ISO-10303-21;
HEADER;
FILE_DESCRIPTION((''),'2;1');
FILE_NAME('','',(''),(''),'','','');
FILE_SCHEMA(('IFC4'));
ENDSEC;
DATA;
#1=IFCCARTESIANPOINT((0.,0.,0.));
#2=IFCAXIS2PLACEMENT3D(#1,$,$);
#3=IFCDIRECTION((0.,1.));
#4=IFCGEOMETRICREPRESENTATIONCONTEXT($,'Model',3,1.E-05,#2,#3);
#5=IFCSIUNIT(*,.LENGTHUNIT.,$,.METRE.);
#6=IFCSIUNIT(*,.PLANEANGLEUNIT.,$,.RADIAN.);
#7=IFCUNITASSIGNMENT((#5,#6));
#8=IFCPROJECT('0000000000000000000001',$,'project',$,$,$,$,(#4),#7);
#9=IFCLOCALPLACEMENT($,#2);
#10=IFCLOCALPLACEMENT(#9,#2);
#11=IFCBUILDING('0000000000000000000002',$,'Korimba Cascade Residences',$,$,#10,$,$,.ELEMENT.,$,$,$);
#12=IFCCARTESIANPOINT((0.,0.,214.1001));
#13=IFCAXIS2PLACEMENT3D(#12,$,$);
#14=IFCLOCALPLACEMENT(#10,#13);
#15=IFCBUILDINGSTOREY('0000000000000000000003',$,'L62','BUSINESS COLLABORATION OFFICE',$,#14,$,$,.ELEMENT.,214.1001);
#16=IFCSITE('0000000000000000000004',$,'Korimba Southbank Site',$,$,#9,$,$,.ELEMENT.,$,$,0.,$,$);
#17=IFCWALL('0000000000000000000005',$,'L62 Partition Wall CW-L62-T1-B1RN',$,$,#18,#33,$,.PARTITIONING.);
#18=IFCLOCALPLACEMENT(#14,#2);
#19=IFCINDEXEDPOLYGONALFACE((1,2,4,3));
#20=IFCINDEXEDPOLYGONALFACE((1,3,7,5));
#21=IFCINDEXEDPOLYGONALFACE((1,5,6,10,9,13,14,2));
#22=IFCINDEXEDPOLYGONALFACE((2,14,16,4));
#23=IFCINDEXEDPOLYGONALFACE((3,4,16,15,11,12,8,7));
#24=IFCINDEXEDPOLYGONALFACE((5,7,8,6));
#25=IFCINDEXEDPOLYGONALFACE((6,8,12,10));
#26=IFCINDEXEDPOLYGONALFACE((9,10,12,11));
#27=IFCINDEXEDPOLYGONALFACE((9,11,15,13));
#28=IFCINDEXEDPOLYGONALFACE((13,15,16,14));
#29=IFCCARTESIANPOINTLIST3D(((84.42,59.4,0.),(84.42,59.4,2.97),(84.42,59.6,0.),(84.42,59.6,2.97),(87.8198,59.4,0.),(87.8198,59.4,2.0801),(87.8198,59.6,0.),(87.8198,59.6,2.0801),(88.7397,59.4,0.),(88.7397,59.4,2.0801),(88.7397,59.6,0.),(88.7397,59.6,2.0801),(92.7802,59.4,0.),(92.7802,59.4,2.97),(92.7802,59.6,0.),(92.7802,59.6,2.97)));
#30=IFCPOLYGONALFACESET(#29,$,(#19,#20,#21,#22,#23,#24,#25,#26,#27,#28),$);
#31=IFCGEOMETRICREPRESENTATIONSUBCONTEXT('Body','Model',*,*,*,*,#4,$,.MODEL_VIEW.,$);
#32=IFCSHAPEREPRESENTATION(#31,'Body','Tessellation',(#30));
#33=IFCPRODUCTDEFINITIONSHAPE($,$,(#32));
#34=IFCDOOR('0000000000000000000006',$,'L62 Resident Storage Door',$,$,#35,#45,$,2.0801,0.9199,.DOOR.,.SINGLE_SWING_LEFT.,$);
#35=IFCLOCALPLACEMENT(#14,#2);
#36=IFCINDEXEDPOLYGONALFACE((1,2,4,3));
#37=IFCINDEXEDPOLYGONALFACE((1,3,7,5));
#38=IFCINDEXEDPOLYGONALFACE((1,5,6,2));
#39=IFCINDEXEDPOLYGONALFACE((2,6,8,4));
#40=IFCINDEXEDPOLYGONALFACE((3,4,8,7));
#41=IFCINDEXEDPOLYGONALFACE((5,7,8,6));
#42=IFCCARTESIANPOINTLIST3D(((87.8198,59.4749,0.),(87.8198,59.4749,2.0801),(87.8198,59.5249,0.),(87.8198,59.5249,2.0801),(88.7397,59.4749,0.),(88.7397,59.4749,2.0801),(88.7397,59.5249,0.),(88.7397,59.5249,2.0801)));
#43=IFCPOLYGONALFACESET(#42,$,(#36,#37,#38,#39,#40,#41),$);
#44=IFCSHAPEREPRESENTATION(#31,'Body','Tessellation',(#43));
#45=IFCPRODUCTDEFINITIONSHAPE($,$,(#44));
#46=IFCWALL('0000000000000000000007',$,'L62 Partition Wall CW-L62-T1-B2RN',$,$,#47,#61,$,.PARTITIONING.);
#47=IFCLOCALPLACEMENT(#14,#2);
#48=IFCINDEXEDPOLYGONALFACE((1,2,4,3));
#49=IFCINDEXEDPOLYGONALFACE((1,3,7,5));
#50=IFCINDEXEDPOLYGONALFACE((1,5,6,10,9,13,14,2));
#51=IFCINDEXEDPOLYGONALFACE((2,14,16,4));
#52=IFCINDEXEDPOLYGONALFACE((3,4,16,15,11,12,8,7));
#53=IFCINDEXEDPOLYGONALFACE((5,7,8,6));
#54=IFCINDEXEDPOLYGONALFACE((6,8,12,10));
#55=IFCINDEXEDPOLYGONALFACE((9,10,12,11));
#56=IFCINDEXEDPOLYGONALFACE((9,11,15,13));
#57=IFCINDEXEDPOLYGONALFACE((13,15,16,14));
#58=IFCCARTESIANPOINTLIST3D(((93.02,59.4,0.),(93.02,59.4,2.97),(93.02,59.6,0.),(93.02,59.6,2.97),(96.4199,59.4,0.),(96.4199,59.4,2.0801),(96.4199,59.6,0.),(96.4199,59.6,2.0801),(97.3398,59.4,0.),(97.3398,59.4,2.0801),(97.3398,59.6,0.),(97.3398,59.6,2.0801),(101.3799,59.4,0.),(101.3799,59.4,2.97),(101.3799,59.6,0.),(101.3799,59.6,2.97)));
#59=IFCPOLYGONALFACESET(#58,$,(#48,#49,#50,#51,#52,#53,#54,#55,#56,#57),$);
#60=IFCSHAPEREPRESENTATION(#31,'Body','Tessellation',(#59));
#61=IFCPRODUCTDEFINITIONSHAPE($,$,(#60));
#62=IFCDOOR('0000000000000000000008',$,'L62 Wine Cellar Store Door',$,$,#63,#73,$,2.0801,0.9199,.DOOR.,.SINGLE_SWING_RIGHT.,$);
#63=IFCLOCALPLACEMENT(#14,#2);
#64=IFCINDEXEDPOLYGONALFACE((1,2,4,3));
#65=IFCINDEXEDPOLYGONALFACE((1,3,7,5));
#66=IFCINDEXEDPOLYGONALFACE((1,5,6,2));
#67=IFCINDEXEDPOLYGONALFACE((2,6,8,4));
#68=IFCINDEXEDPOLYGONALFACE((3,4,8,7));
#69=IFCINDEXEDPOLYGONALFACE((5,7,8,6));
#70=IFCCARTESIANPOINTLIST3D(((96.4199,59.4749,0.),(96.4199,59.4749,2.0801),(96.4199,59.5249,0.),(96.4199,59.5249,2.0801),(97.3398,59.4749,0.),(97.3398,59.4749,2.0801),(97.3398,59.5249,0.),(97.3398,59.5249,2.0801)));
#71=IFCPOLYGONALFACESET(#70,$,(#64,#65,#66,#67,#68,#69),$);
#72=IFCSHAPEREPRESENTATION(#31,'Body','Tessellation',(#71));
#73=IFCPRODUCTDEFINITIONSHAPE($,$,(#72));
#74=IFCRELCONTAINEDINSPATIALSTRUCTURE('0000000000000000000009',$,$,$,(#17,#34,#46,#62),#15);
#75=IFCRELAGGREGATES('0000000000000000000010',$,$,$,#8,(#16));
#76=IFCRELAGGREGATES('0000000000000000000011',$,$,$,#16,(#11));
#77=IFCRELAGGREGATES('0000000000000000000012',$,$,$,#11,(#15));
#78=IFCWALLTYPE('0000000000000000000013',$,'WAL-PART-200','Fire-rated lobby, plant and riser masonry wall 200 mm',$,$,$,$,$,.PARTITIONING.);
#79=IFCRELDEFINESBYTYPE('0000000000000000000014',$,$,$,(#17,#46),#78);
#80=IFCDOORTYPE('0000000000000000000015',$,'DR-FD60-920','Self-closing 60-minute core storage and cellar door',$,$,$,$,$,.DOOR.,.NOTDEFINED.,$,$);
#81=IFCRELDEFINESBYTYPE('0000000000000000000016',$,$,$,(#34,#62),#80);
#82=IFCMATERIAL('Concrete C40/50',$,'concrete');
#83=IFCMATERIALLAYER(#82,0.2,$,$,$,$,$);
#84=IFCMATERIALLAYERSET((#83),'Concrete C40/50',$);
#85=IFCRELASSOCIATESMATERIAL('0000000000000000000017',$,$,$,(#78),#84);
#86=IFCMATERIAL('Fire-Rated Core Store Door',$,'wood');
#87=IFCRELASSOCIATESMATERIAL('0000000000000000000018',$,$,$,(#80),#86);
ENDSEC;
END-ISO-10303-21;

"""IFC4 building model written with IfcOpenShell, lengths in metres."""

from ifc_helpers import new_model, si_unit, direction, frame, frame_2d, origin, place, context, subcontext, project, spatial, rectangle, extrude, material, layer, layer_set, type_object, element, fill, save


model = new_model("IFC4")

# Units and contexts
model_context = context("Model", 3, precision=1e-05, world=origin(), true_north=direction((0.0, 1.0)))
body_context = subcontext(model_context, "Body", "Model", "MODEL_VIEW")
ifc_project = project(units=[si_unit("LENGTHUNIT", "METRE"), si_unit("PLANEANGLEUNIT", "RADIAN")], contexts=[model_context])

# Site, building, storey
site_placement = place(None, origin())
site = spatial("IfcSite", under=ifc_project, at=site_placement, Name="Korimba Southbank Site", CompositionType="ELEMENT", RefElevation=0.0)
building_placement = place(site_placement, origin())
building = spatial("IfcBuilding", under=site, at=building_placement, Name="Korimba Cascade Residences", CompositionType="ELEMENT")
storey_placement = place(building_placement, frame((0.0, 0.0, 214.1001)))
storey = spatial("IfcBuildingStorey", under=building, at=storey_placement, Name="L62", Description="BUSINESS COLLABORATION OFFICE", CompositionType="ELEMENT", Elevation=214.1001)

# Shared definitions
ifc_material_1 = material(Name="Concrete C40/50", Category="concrete")
ifc_layer_1 = layer(ifc_material_1, 0.2)
ifc_layer_set_1 = layer_set([ifc_layer_1], Name="Concrete C40/50")
wall_type_1 = type_object("IfcWallType", Name="WAL-PART-200", Description="Fire-rated lobby, plant and riser masonry wall 200 mm", PredefinedType="PARTITIONING", material=ifc_layer_set_1)

# Walls, openings, doors
wall_1_placement = place(storey_placement, frame((84.4199, 59.5, 0.0), z_axis=(0.0, 0.0, 1.0), x_axis=(1.0, 0.0, 0.0)))
wall_1 = element("IfcWall", 1, at=wall_1_placement, inside=storey, type_object=wall_type_1, Name="L62 Partition Wall CW-L62-T1-B1RN", PredefinedType="PARTITIONING", context=body_context, shape_type="SweptSolid", body=[
    extrude(rectangle(XDim=8.3601, YDim=0.2, at=frame_2d((4.1802, 0.0))), origin(), (0.0, 0.0, 1.0), 2.97),
])
opening_1_placement = place(wall_1_placement, frame((3.3999, 0.0, 0.0)))
opening_1 = element("IfcOpeningElement", 2, at=opening_1_placement, cuts=wall_1, PredefinedType="OPENING", context=body_context, shape_type="SweptSolid", body=[
    extrude(rectangle(XDim=0.9199, YDim=2.0801, at=frame_2d((0.46, 1.04))), frame((0.0, 0.1099, 0.0), z_axis=(0.0, -1.0, 0.0), x_axis=(1.0, 0.0, 0.0)), (0.0, 0.0, 1.0), 0.22),
])
ifc_material_2 = material(Name="Fire-Rated Core Store Door", Category="wood")
door_type_1 = type_object("IfcDoorType", Name="DR-FD60-920", Description="Self-closing 60-minute core storage and cellar door", OperationType="NOTDEFINED", PredefinedType="DOOR", material=ifc_material_2)
door_1_placement = place(opening_1_placement, origin())
door_1 = element("IfcDoor", 3, at=door_1_placement, inside=storey, type_object=door_type_1, Name="L62 Resident Storage Door", OperationType="SINGLE_SWING_LEFT", OverallHeight=2.0801, OverallWidth=0.9199, PredefinedType="DOOR", context=body_context, shape_type="SweptSolid", body=[
    extrude(rectangle(XDim=0.9199, YDim=2.0801, at=frame_2d((0.46, 1.04))), frame((0.0, 0.0249, 0.0), z_axis=(0.0, -1.0, 0.0), x_axis=(1.0, 0.0, 0.0)), (0.0, 0.0, 1.0), 0.05),
])
fill(opening_1, door_1)
wall_2_placement = place(storey_placement, frame((93.02, 59.5, 0.0), z_axis=(0.0, 0.0, 1.0), x_axis=(1.0, 0.0, 0.0)))
wall_2 = element("IfcWall", 4, at=wall_2_placement, inside=storey, type_object=wall_type_1, Name="L62 Partition Wall CW-L62-T1-B2RN", PredefinedType="PARTITIONING", context=body_context, shape_type="SweptSolid", body=[
    extrude(rectangle(XDim=8.3599, YDim=0.2, at=frame_2d((4.1799, 0.0))), origin(), (0.0, 0.0, 1.0), 2.97),
])
opening_2_placement = place(wall_2_placement, frame((3.3999, 0.0, 0.0)))
opening_2 = element("IfcOpeningElement", 5, at=opening_2_placement, cuts=wall_2, PredefinedType="OPENING", context=body_context, shape_type="SweptSolid", body=[
    extrude(rectangle(XDim=0.9199, YDim=2.0801, at=frame_2d((0.46, 1.04))), frame((0.0, 0.1099, 0.0), z_axis=(0.0, -1.0, 0.0), x_axis=(1.0, 0.0, 0.0)), (0.0, 0.0, 1.0), 0.22),
])
door_2_placement = place(opening_2_placement, origin())
door_2 = element("IfcDoor", 6, at=door_2_placement, inside=storey, type_object=door_type_1, Name="L62 Wine Cellar Store Door", OperationType="SINGLE_SWING_RIGHT", OverallHeight=2.0801, OverallWidth=0.9199, PredefinedType="DOOR", context=body_context, shape_type="SweptSolid", body=[
    extrude(rectangle(XDim=0.9199, YDim=2.0801, at=frame_2d((0.46, 1.04))), frame((0.0, 0.0249, 0.0), z_axis=(0.0, -1.0, 0.0), x_axis=(1.0, 0.0, 0.0)), (0.0, 0.0, 1.0), 0.05),
])
fill(opening_2, door_2)

save(model, "model.ifc")
